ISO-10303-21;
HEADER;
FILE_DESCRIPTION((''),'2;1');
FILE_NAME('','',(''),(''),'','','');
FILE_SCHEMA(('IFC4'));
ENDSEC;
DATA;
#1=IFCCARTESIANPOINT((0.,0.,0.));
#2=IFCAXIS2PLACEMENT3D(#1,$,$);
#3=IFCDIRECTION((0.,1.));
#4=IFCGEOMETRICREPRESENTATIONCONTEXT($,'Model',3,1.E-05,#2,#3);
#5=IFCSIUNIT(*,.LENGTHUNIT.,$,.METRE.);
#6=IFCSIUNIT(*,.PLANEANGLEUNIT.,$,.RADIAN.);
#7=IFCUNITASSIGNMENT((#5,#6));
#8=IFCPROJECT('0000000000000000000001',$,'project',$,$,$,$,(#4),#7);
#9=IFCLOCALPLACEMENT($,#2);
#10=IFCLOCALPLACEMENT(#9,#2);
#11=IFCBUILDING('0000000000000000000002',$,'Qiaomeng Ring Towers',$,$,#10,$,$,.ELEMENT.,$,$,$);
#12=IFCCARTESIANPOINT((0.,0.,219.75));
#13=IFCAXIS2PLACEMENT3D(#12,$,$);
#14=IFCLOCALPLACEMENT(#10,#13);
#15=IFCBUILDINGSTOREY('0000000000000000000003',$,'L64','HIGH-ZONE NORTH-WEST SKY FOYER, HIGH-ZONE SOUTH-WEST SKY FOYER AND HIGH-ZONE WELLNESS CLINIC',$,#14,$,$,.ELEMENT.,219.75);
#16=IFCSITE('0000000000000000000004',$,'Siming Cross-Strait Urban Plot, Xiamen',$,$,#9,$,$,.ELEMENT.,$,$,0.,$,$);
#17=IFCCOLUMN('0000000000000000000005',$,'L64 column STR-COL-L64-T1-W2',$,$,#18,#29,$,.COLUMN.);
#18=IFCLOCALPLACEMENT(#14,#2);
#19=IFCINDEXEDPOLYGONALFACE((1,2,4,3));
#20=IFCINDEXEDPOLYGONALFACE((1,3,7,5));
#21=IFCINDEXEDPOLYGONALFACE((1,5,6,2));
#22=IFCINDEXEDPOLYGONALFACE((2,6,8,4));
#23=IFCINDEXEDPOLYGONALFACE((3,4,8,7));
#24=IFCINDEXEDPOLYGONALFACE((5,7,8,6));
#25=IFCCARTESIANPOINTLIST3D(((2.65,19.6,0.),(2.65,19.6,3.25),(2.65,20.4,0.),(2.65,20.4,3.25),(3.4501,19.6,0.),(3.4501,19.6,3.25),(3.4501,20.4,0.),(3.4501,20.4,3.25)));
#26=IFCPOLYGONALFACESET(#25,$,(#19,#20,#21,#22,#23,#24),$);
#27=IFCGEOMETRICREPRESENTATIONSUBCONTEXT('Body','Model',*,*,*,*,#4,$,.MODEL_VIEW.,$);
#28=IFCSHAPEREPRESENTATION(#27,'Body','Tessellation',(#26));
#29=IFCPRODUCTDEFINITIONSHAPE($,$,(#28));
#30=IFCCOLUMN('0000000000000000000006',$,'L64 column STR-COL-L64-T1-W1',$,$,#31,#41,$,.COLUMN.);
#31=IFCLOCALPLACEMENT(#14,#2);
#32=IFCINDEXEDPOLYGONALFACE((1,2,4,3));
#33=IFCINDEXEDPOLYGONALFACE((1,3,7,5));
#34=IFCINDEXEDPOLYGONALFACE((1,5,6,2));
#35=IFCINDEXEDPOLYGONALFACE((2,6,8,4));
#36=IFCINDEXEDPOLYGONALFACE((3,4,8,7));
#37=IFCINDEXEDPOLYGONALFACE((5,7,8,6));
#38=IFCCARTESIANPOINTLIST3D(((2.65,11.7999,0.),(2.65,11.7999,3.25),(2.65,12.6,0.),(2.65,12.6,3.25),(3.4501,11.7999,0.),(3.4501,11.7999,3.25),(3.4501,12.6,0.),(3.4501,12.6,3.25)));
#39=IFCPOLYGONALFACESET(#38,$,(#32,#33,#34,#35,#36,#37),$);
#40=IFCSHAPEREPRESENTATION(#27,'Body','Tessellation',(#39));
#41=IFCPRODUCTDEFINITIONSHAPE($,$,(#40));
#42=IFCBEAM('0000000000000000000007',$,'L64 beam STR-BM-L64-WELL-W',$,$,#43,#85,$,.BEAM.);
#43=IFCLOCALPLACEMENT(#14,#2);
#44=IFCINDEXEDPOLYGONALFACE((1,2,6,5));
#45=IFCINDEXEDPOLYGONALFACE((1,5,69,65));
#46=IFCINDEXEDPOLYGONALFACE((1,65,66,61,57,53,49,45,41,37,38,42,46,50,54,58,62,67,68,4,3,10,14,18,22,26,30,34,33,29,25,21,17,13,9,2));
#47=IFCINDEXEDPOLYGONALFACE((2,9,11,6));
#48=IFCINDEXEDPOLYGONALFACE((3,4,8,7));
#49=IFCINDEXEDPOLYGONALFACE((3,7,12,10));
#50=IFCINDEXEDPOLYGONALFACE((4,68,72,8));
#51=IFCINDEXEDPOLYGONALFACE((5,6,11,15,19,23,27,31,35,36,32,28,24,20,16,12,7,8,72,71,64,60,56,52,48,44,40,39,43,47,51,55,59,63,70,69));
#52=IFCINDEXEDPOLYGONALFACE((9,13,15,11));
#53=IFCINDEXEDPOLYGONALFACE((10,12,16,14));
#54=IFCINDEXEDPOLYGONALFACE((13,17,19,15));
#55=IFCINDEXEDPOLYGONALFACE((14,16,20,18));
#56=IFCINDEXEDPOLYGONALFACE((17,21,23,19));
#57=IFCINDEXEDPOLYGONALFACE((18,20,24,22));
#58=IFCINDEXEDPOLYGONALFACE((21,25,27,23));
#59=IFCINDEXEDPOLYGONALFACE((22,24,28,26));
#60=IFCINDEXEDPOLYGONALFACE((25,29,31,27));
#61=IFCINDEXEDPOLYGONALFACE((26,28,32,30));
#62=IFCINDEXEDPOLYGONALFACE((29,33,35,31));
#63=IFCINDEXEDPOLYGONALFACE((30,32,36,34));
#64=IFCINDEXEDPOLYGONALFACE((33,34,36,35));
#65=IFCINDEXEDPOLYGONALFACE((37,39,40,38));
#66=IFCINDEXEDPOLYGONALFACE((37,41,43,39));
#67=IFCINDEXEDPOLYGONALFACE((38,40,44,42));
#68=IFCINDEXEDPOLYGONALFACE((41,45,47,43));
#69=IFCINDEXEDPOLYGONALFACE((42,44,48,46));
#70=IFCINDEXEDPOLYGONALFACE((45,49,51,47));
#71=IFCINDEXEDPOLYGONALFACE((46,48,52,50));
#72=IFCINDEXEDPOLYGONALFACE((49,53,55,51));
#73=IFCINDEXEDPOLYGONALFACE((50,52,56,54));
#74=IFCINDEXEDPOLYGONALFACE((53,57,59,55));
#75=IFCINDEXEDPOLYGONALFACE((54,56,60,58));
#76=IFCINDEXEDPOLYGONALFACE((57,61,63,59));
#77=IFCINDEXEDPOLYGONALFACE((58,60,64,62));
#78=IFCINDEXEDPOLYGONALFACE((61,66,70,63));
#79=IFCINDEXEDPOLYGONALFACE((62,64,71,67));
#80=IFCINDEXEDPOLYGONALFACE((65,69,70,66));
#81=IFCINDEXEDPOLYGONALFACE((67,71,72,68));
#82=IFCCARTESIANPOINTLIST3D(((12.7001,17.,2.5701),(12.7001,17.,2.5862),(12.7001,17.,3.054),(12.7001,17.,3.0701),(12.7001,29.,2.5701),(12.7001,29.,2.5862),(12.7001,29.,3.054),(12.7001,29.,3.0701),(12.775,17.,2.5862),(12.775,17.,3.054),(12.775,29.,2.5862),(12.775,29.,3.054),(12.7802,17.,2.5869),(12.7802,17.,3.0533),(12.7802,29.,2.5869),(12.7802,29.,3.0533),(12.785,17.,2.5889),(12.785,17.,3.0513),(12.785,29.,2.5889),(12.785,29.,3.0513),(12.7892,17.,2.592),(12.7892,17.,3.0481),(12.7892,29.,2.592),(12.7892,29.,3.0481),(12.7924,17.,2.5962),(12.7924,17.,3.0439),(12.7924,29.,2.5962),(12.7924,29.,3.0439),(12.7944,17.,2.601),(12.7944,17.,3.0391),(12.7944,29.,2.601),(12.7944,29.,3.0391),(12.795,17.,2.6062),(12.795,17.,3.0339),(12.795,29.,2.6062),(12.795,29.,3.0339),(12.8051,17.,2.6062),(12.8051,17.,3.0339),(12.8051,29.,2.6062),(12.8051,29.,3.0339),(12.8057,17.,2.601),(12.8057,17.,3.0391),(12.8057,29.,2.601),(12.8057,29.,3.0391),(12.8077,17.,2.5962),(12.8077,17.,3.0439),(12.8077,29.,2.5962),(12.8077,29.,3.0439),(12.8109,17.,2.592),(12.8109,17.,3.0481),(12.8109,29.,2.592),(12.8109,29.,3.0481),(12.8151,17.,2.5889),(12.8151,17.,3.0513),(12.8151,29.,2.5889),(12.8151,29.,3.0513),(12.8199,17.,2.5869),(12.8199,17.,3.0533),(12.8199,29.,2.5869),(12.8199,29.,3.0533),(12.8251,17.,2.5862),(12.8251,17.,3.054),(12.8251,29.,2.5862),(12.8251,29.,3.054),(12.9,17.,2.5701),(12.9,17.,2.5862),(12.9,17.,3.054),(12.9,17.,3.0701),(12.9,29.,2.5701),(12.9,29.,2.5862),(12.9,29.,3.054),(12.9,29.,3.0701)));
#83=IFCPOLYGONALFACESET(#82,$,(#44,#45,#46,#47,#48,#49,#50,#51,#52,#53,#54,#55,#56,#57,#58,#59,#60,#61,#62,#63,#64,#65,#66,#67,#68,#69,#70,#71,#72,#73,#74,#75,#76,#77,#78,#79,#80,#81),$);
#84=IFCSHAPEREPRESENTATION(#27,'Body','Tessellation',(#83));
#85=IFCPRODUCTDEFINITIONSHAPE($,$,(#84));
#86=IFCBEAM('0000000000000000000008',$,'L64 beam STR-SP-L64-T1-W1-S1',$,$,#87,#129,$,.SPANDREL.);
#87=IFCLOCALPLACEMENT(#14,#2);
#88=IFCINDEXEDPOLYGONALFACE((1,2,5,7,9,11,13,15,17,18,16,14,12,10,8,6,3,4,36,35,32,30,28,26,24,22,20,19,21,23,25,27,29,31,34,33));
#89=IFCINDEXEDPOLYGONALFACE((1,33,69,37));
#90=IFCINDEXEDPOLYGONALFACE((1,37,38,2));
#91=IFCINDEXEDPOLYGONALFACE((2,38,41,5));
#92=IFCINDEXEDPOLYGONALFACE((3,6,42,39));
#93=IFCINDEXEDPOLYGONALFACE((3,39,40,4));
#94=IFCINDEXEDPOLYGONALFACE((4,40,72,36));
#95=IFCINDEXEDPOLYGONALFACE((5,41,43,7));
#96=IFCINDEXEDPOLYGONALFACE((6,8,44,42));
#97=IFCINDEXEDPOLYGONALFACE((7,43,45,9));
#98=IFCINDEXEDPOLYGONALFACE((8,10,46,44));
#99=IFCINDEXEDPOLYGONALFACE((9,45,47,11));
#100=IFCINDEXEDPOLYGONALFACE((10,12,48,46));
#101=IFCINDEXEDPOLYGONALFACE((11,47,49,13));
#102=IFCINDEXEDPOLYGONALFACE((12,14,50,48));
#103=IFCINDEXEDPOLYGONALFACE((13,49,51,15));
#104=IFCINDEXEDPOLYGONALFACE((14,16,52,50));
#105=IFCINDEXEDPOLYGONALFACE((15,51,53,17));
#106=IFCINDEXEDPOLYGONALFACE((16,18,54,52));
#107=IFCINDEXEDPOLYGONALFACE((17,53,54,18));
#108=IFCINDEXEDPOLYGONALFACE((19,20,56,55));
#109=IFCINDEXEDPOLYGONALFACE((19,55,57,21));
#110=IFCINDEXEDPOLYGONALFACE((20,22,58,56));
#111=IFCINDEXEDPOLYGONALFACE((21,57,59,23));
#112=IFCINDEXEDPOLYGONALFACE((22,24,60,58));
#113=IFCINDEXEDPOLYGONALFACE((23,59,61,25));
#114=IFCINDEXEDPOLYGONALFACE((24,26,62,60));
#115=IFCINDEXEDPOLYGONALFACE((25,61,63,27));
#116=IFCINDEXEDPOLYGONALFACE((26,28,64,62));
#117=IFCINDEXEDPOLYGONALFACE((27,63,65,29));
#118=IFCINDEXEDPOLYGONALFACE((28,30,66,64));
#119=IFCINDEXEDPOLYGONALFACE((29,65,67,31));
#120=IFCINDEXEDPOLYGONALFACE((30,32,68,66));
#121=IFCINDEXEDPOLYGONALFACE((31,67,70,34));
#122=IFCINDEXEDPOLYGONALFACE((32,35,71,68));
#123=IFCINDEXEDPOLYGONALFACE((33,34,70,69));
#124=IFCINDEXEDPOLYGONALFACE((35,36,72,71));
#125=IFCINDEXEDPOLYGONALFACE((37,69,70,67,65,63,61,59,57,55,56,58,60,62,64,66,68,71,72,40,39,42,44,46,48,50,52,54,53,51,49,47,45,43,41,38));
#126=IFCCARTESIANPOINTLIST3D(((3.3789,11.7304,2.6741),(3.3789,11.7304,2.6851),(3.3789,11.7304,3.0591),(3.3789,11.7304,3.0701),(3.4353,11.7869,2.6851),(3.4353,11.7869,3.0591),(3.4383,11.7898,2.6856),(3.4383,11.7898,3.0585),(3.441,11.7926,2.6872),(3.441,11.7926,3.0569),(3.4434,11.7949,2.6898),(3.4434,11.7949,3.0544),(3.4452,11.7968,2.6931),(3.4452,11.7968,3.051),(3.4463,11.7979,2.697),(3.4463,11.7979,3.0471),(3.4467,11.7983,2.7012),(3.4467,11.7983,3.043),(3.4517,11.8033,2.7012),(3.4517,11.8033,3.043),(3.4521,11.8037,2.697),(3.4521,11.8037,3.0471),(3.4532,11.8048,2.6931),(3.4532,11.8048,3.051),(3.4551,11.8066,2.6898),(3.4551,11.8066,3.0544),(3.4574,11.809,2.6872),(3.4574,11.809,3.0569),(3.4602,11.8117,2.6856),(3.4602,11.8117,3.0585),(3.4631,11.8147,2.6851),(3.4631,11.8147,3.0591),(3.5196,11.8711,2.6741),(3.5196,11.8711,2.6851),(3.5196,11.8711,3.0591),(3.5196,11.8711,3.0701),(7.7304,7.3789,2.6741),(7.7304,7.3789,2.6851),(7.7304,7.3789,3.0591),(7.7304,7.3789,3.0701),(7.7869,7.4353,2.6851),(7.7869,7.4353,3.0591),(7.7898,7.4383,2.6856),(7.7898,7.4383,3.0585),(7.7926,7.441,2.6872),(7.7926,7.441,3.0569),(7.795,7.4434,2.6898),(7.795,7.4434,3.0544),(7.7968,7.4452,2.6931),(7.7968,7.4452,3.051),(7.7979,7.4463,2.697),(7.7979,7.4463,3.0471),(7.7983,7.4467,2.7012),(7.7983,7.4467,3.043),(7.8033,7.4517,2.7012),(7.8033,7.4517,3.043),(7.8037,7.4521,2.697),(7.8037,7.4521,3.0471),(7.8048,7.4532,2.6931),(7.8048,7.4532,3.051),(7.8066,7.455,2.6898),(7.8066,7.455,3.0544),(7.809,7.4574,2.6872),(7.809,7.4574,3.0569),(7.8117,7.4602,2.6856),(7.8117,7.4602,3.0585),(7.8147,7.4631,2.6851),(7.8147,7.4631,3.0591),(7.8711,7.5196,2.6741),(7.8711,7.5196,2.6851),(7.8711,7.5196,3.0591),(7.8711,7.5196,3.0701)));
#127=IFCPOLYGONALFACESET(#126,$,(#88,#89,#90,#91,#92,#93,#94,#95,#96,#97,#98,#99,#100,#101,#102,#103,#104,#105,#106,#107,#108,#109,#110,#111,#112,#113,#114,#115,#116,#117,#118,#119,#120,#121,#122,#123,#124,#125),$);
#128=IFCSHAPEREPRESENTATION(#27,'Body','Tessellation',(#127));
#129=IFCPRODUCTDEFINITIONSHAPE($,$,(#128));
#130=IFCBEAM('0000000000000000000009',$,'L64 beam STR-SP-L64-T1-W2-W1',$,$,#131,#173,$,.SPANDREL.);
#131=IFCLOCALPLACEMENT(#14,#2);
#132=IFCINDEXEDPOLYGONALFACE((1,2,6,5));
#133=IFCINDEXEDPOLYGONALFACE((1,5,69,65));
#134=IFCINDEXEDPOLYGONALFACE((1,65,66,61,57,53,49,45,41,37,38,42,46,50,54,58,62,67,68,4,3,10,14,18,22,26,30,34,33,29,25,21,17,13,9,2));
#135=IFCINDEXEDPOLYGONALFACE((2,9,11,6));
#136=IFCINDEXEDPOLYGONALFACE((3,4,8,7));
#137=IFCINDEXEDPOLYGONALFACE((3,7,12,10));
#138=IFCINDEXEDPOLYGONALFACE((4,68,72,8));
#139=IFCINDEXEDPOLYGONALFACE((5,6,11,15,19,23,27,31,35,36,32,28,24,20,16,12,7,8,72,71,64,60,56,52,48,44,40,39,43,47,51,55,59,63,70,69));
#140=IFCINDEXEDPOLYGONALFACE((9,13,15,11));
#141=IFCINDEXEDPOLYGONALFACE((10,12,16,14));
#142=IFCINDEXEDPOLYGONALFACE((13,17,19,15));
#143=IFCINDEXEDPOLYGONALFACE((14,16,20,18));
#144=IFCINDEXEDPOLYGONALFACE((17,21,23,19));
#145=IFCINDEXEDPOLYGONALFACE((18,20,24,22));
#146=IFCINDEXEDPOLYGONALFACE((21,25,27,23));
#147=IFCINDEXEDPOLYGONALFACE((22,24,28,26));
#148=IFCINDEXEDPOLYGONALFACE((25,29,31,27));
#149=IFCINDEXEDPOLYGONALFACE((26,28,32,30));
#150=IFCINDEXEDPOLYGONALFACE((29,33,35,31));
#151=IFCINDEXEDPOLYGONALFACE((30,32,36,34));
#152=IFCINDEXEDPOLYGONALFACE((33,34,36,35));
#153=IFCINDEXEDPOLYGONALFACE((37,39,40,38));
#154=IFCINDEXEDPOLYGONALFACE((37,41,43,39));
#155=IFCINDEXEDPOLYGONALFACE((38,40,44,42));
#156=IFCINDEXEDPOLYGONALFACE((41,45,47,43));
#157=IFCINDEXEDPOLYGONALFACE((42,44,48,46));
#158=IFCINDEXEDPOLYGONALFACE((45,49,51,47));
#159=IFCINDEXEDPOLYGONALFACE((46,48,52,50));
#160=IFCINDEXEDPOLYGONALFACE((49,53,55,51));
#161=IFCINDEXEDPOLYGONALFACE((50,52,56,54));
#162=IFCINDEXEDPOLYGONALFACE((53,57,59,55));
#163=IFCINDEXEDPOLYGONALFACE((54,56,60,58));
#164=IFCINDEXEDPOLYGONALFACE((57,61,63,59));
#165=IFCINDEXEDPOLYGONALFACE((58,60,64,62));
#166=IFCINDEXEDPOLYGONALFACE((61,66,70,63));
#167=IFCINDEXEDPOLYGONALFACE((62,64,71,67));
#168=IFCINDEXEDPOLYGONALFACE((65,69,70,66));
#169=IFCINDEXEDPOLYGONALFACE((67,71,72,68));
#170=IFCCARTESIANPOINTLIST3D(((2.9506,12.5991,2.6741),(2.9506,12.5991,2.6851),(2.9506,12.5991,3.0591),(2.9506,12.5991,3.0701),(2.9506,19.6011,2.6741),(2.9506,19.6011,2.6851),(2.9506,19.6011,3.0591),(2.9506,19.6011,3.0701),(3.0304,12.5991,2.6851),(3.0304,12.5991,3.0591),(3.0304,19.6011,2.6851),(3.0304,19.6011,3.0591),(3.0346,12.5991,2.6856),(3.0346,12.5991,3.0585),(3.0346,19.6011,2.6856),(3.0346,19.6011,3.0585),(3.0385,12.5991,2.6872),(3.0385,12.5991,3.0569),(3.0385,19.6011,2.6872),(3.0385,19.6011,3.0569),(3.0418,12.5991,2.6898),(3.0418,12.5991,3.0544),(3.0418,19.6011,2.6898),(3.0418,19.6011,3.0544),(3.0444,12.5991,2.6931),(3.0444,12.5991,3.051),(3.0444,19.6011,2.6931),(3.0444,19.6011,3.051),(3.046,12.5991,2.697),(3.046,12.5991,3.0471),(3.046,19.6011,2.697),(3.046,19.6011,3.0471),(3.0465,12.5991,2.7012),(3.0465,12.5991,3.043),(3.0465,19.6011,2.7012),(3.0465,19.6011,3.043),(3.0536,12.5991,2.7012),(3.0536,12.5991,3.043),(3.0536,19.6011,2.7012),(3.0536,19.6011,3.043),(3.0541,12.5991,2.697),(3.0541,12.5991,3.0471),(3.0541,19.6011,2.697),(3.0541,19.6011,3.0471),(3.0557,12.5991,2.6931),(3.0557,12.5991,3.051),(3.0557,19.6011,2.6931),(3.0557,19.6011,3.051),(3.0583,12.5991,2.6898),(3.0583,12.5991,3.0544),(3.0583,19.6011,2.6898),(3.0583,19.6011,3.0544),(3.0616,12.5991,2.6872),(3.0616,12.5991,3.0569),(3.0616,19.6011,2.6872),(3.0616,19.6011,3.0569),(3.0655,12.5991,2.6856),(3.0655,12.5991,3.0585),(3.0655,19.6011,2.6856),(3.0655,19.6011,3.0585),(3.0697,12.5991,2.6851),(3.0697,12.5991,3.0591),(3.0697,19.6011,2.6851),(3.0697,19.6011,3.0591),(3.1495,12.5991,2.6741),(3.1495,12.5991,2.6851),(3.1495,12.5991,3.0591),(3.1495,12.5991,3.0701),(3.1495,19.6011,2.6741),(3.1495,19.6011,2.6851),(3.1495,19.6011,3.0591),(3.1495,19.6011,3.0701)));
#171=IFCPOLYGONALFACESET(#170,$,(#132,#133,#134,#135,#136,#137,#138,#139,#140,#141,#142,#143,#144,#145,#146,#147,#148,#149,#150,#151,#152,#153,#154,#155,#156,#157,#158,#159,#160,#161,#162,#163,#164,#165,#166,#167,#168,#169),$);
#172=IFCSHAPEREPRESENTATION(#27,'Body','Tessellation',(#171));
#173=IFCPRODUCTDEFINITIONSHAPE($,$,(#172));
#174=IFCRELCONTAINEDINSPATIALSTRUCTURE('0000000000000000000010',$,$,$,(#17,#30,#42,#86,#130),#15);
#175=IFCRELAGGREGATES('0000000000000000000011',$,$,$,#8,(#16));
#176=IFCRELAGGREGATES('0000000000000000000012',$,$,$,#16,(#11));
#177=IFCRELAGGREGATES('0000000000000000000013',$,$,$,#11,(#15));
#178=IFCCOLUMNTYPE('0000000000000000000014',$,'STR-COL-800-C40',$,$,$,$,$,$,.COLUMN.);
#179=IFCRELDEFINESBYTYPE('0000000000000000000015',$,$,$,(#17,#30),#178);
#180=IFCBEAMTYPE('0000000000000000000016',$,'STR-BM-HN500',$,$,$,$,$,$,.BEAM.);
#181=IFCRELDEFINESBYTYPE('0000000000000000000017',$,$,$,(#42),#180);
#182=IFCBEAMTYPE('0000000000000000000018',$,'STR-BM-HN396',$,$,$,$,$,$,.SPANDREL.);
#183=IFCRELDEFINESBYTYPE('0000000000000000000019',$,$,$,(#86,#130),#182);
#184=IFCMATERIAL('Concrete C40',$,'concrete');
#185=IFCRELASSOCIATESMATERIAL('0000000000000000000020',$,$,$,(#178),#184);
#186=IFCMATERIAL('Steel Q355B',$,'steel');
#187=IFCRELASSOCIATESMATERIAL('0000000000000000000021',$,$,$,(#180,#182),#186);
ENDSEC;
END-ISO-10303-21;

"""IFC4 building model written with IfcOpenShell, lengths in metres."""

from ifc_helpers import new_model, si_unit, direction, frame, origin, origin_2d, place, context, subcontext, project, spatial, rectangle, i_section, extrude, source, transform, mapped, material, material_profile, profile_set, type_object, element, save


model = new_model("IFC4")

# Units and contexts
model_context = context("Model", 3, precision=1e-05, world=origin(), true_north=direction((0.0, 1.0)))
body_context = subcontext(model_context, "Body", "Model", "MODEL_VIEW")
ifc_project = project(units=[si_unit("LENGTHUNIT", "METRE"), si_unit("PLANEANGLEUNIT", "RADIAN")], contexts=[model_context])

# Site, building, storey
site_placement = place(None, origin())
site = spatial("IfcSite", under=ifc_project, at=site_placement, Name="Siming Cross-Strait Urban Plot, Xiamen", CompositionType="ELEMENT", RefElevation=0.0)
building_placement = place(site_placement, origin())
building = spatial("IfcBuilding", under=site, at=building_placement, Name="Qiaomeng Ring Towers", CompositionType="ELEMENT")
storey_placement = place(building_placement, frame((0.0, 0.0, 219.75)))
storey = spatial("IfcBuildingStorey", under=building, at=storey_placement, Name="L64", Description="HIGH-ZONE NORTH-WEST SKY FOYER, HIGH-ZONE SOUTH-WEST SKY FOYER AND HIGH-ZONE WELLNESS CLINIC", CompositionType="ELEMENT", Elevation=219.75)

# Columns
ifc_material_1 = material(Name="Concrete C40", Category="concrete")
ifc_material_profile_1 = material_profile(ifc_material_1, rectangle(XDim=0.8, YDim=0.8, at=origin_2d()), Name="RC COL 800x800")
ifc_profile_set_1 = profile_set([ifc_material_profile_1], Name="Concrete C40")
column_type = type_object("IfcColumnType", Name="STR-COL-800-C40", PredefinedType="COLUMN", material=ifc_profile_set_1)
shared_shape_1 = source(origin(), body_context, "Body", "SweptSolid", [
    extrude(rectangle(XDim=0.8, YDim=0.8, at=origin_2d()), origin(), (0.0, 0.0, 1.0), 3.25),
])
for number, where, z_axis, x_axis, name in (
    (1, (3.05, 20.0, 0.0), (0.0, 0.0, 1.0), (1.0, 0.0, 0.0), "L64 column STR-COL-L64-T1-W2"),
    (2, (3.05, 12.2, 0.0), (0.0, 0.0, 1.0), (1.0, 0.0, 0.0), "L64 column STR-COL-L64-T1-W1"),
):
    element("IfcColumn", number, at=place(storey_placement, frame(where, z_axis=z_axis, x_axis=x_axis)), inside=storey, type_object=column_type, Name=name, PredefinedType="COLUMN", context=body_context, shape_type="MappedRepresentation", body=[
        mapped(shared_shape_1, transform((0.0, 0.0, 0.0), x_axis=(1.0, 0.0, 0.0), y_axis=(0.0, 1.0, 0.0), z_axis=(0.0, 0.0, 1.0), scale=1.0)),
    ])

# Beams
ifc_material_2 = material(Name="Steel Q355B", Category="steel")
ifc_material_profile_2 = material_profile(ifc_material_2, i_section(OverallWidth=0.2, OverallDepth=0.5, WebThickness=0.01, FlangeThickness=0.0161, FilletRadius=0.02, at=origin_2d()), Name="HN 500x200x10x16")
ifc_profile_set_2 = profile_set([ifc_material_profile_2], Name="Steel Q355B")
beam_type_1 = type_object("IfcBeamType", Name="STR-BM-HN500", PredefinedType="BEAM", material=ifc_profile_set_2)
shared_shape_2 = source(origin(), body_context, "Body", "SweptSolid", [
    extrude(i_section(OverallWidth=0.2, OverallDepth=0.5, WebThickness=0.01, FlangeThickness=0.0161, FilletRadius=0.02, at=origin_2d()), origin(), (0.0, 0.0, 1.0), 12.0),
])
beam_1_placement = place(storey_placement, frame((12.8, 17.0, 2.8201), z_axis=(0.0, 1.0, 0.0), x_axis=(-1.0, 0.0, 0.0)))
element("IfcBeam", 3, at=beam_1_placement, inside=storey, type_object=beam_type_1, Name="L64 beam STR-BM-L64-WELL-W", PredefinedType="BEAM", context=body_context, shape_type="MappedRepresentation", body=[
    mapped(shared_shape_2, transform((0.0, 0.0, 0.0), x_axis=(1.0, 0.0, 0.0), y_axis=(0.0, 1.0, 0.0), z_axis=(0.0, 0.0, 1.0), scale=1.0)),
])
ifc_material_profile_3 = material_profile(ifc_material_2, i_section(OverallWidth=0.199, OverallDepth=0.396, WebThickness=0.0071, FlangeThickness=0.011, FilletRadius=0.0161, at=origin_2d()), Name="HN 396x199x7x11")
ifc_profile_set_3 = profile_set([ifc_material_profile_3], Name="Steel Q355B")
beam_type_2 = type_object("IfcBeamType", Name="STR-BM-HN396", PredefinedType="SPANDREL", material=ifc_profile_set_3)
shared_shape_3 = source(origin(), body_context, "Body", "SweptSolid", [
    extrude(i_section(OverallWidth=0.199, OverallDepth=0.396, WebThickness=0.0071, FlangeThickness=0.011, FilletRadius=0.0161, at=origin_2d()), origin(), (0.0, 0.0, 1.0), 6.1541),
])
beam_2_placement = place(storey_placement, frame((3.4492, 11.8008, 2.8721), z_axis=(0.707107, -0.707107, 0.0), x_axis=(0.707107, 0.707107, 0.0)))
element("IfcBeam", 4, at=beam_2_placement, inside=storey, type_object=beam_type_2, Name="L64 beam STR-SP-L64-T1-W1-S1", PredefinedType="SPANDREL", context=body_context, shape_type="MappedRepresentation", body=[
    mapped(shared_shape_3, transform((0.0, 0.0, 0.0), x_axis=(1.0, 0.0, 0.0), y_axis=(0.0, 1.0, 0.0), z_axis=(0.0, 0.0, 1.0), scale=1.0)),
])
shared_shape_4 = source(origin(), body_context, "Body", "SweptSolid", [
    extrude(i_section(OverallWidth=0.199, OverallDepth=0.396, WebThickness=0.0071, FlangeThickness=0.011, FilletRadius=0.0161, at=origin_2d()), origin(), (0.0, 0.0, 1.0), 7.002),
])
beam_3_placement = place(storey_placement, frame((3.05, 19.6011, 2.8721), z_axis=(0.0, -1.0, 0.0), x_axis=(1.0, 0.0, 0.0)))
element("IfcBeam", 5, at=beam_3_placement, inside=storey, type_object=beam_type_2, Name="L64 beam STR-SP-L64-T1-W2-W1", PredefinedType="SPANDREL", context=body_context, shape_type="MappedRepresentation", body=[
    mapped(shared_shape_4, transform((0.0, 0.0, 0.0), x_axis=(1.0, 0.0, 0.0), y_axis=(0.0, 1.0, 0.0), z_axis=(0.0, 0.0, 1.0), scale=1.0)),
])

save(model, "model.ifc")
